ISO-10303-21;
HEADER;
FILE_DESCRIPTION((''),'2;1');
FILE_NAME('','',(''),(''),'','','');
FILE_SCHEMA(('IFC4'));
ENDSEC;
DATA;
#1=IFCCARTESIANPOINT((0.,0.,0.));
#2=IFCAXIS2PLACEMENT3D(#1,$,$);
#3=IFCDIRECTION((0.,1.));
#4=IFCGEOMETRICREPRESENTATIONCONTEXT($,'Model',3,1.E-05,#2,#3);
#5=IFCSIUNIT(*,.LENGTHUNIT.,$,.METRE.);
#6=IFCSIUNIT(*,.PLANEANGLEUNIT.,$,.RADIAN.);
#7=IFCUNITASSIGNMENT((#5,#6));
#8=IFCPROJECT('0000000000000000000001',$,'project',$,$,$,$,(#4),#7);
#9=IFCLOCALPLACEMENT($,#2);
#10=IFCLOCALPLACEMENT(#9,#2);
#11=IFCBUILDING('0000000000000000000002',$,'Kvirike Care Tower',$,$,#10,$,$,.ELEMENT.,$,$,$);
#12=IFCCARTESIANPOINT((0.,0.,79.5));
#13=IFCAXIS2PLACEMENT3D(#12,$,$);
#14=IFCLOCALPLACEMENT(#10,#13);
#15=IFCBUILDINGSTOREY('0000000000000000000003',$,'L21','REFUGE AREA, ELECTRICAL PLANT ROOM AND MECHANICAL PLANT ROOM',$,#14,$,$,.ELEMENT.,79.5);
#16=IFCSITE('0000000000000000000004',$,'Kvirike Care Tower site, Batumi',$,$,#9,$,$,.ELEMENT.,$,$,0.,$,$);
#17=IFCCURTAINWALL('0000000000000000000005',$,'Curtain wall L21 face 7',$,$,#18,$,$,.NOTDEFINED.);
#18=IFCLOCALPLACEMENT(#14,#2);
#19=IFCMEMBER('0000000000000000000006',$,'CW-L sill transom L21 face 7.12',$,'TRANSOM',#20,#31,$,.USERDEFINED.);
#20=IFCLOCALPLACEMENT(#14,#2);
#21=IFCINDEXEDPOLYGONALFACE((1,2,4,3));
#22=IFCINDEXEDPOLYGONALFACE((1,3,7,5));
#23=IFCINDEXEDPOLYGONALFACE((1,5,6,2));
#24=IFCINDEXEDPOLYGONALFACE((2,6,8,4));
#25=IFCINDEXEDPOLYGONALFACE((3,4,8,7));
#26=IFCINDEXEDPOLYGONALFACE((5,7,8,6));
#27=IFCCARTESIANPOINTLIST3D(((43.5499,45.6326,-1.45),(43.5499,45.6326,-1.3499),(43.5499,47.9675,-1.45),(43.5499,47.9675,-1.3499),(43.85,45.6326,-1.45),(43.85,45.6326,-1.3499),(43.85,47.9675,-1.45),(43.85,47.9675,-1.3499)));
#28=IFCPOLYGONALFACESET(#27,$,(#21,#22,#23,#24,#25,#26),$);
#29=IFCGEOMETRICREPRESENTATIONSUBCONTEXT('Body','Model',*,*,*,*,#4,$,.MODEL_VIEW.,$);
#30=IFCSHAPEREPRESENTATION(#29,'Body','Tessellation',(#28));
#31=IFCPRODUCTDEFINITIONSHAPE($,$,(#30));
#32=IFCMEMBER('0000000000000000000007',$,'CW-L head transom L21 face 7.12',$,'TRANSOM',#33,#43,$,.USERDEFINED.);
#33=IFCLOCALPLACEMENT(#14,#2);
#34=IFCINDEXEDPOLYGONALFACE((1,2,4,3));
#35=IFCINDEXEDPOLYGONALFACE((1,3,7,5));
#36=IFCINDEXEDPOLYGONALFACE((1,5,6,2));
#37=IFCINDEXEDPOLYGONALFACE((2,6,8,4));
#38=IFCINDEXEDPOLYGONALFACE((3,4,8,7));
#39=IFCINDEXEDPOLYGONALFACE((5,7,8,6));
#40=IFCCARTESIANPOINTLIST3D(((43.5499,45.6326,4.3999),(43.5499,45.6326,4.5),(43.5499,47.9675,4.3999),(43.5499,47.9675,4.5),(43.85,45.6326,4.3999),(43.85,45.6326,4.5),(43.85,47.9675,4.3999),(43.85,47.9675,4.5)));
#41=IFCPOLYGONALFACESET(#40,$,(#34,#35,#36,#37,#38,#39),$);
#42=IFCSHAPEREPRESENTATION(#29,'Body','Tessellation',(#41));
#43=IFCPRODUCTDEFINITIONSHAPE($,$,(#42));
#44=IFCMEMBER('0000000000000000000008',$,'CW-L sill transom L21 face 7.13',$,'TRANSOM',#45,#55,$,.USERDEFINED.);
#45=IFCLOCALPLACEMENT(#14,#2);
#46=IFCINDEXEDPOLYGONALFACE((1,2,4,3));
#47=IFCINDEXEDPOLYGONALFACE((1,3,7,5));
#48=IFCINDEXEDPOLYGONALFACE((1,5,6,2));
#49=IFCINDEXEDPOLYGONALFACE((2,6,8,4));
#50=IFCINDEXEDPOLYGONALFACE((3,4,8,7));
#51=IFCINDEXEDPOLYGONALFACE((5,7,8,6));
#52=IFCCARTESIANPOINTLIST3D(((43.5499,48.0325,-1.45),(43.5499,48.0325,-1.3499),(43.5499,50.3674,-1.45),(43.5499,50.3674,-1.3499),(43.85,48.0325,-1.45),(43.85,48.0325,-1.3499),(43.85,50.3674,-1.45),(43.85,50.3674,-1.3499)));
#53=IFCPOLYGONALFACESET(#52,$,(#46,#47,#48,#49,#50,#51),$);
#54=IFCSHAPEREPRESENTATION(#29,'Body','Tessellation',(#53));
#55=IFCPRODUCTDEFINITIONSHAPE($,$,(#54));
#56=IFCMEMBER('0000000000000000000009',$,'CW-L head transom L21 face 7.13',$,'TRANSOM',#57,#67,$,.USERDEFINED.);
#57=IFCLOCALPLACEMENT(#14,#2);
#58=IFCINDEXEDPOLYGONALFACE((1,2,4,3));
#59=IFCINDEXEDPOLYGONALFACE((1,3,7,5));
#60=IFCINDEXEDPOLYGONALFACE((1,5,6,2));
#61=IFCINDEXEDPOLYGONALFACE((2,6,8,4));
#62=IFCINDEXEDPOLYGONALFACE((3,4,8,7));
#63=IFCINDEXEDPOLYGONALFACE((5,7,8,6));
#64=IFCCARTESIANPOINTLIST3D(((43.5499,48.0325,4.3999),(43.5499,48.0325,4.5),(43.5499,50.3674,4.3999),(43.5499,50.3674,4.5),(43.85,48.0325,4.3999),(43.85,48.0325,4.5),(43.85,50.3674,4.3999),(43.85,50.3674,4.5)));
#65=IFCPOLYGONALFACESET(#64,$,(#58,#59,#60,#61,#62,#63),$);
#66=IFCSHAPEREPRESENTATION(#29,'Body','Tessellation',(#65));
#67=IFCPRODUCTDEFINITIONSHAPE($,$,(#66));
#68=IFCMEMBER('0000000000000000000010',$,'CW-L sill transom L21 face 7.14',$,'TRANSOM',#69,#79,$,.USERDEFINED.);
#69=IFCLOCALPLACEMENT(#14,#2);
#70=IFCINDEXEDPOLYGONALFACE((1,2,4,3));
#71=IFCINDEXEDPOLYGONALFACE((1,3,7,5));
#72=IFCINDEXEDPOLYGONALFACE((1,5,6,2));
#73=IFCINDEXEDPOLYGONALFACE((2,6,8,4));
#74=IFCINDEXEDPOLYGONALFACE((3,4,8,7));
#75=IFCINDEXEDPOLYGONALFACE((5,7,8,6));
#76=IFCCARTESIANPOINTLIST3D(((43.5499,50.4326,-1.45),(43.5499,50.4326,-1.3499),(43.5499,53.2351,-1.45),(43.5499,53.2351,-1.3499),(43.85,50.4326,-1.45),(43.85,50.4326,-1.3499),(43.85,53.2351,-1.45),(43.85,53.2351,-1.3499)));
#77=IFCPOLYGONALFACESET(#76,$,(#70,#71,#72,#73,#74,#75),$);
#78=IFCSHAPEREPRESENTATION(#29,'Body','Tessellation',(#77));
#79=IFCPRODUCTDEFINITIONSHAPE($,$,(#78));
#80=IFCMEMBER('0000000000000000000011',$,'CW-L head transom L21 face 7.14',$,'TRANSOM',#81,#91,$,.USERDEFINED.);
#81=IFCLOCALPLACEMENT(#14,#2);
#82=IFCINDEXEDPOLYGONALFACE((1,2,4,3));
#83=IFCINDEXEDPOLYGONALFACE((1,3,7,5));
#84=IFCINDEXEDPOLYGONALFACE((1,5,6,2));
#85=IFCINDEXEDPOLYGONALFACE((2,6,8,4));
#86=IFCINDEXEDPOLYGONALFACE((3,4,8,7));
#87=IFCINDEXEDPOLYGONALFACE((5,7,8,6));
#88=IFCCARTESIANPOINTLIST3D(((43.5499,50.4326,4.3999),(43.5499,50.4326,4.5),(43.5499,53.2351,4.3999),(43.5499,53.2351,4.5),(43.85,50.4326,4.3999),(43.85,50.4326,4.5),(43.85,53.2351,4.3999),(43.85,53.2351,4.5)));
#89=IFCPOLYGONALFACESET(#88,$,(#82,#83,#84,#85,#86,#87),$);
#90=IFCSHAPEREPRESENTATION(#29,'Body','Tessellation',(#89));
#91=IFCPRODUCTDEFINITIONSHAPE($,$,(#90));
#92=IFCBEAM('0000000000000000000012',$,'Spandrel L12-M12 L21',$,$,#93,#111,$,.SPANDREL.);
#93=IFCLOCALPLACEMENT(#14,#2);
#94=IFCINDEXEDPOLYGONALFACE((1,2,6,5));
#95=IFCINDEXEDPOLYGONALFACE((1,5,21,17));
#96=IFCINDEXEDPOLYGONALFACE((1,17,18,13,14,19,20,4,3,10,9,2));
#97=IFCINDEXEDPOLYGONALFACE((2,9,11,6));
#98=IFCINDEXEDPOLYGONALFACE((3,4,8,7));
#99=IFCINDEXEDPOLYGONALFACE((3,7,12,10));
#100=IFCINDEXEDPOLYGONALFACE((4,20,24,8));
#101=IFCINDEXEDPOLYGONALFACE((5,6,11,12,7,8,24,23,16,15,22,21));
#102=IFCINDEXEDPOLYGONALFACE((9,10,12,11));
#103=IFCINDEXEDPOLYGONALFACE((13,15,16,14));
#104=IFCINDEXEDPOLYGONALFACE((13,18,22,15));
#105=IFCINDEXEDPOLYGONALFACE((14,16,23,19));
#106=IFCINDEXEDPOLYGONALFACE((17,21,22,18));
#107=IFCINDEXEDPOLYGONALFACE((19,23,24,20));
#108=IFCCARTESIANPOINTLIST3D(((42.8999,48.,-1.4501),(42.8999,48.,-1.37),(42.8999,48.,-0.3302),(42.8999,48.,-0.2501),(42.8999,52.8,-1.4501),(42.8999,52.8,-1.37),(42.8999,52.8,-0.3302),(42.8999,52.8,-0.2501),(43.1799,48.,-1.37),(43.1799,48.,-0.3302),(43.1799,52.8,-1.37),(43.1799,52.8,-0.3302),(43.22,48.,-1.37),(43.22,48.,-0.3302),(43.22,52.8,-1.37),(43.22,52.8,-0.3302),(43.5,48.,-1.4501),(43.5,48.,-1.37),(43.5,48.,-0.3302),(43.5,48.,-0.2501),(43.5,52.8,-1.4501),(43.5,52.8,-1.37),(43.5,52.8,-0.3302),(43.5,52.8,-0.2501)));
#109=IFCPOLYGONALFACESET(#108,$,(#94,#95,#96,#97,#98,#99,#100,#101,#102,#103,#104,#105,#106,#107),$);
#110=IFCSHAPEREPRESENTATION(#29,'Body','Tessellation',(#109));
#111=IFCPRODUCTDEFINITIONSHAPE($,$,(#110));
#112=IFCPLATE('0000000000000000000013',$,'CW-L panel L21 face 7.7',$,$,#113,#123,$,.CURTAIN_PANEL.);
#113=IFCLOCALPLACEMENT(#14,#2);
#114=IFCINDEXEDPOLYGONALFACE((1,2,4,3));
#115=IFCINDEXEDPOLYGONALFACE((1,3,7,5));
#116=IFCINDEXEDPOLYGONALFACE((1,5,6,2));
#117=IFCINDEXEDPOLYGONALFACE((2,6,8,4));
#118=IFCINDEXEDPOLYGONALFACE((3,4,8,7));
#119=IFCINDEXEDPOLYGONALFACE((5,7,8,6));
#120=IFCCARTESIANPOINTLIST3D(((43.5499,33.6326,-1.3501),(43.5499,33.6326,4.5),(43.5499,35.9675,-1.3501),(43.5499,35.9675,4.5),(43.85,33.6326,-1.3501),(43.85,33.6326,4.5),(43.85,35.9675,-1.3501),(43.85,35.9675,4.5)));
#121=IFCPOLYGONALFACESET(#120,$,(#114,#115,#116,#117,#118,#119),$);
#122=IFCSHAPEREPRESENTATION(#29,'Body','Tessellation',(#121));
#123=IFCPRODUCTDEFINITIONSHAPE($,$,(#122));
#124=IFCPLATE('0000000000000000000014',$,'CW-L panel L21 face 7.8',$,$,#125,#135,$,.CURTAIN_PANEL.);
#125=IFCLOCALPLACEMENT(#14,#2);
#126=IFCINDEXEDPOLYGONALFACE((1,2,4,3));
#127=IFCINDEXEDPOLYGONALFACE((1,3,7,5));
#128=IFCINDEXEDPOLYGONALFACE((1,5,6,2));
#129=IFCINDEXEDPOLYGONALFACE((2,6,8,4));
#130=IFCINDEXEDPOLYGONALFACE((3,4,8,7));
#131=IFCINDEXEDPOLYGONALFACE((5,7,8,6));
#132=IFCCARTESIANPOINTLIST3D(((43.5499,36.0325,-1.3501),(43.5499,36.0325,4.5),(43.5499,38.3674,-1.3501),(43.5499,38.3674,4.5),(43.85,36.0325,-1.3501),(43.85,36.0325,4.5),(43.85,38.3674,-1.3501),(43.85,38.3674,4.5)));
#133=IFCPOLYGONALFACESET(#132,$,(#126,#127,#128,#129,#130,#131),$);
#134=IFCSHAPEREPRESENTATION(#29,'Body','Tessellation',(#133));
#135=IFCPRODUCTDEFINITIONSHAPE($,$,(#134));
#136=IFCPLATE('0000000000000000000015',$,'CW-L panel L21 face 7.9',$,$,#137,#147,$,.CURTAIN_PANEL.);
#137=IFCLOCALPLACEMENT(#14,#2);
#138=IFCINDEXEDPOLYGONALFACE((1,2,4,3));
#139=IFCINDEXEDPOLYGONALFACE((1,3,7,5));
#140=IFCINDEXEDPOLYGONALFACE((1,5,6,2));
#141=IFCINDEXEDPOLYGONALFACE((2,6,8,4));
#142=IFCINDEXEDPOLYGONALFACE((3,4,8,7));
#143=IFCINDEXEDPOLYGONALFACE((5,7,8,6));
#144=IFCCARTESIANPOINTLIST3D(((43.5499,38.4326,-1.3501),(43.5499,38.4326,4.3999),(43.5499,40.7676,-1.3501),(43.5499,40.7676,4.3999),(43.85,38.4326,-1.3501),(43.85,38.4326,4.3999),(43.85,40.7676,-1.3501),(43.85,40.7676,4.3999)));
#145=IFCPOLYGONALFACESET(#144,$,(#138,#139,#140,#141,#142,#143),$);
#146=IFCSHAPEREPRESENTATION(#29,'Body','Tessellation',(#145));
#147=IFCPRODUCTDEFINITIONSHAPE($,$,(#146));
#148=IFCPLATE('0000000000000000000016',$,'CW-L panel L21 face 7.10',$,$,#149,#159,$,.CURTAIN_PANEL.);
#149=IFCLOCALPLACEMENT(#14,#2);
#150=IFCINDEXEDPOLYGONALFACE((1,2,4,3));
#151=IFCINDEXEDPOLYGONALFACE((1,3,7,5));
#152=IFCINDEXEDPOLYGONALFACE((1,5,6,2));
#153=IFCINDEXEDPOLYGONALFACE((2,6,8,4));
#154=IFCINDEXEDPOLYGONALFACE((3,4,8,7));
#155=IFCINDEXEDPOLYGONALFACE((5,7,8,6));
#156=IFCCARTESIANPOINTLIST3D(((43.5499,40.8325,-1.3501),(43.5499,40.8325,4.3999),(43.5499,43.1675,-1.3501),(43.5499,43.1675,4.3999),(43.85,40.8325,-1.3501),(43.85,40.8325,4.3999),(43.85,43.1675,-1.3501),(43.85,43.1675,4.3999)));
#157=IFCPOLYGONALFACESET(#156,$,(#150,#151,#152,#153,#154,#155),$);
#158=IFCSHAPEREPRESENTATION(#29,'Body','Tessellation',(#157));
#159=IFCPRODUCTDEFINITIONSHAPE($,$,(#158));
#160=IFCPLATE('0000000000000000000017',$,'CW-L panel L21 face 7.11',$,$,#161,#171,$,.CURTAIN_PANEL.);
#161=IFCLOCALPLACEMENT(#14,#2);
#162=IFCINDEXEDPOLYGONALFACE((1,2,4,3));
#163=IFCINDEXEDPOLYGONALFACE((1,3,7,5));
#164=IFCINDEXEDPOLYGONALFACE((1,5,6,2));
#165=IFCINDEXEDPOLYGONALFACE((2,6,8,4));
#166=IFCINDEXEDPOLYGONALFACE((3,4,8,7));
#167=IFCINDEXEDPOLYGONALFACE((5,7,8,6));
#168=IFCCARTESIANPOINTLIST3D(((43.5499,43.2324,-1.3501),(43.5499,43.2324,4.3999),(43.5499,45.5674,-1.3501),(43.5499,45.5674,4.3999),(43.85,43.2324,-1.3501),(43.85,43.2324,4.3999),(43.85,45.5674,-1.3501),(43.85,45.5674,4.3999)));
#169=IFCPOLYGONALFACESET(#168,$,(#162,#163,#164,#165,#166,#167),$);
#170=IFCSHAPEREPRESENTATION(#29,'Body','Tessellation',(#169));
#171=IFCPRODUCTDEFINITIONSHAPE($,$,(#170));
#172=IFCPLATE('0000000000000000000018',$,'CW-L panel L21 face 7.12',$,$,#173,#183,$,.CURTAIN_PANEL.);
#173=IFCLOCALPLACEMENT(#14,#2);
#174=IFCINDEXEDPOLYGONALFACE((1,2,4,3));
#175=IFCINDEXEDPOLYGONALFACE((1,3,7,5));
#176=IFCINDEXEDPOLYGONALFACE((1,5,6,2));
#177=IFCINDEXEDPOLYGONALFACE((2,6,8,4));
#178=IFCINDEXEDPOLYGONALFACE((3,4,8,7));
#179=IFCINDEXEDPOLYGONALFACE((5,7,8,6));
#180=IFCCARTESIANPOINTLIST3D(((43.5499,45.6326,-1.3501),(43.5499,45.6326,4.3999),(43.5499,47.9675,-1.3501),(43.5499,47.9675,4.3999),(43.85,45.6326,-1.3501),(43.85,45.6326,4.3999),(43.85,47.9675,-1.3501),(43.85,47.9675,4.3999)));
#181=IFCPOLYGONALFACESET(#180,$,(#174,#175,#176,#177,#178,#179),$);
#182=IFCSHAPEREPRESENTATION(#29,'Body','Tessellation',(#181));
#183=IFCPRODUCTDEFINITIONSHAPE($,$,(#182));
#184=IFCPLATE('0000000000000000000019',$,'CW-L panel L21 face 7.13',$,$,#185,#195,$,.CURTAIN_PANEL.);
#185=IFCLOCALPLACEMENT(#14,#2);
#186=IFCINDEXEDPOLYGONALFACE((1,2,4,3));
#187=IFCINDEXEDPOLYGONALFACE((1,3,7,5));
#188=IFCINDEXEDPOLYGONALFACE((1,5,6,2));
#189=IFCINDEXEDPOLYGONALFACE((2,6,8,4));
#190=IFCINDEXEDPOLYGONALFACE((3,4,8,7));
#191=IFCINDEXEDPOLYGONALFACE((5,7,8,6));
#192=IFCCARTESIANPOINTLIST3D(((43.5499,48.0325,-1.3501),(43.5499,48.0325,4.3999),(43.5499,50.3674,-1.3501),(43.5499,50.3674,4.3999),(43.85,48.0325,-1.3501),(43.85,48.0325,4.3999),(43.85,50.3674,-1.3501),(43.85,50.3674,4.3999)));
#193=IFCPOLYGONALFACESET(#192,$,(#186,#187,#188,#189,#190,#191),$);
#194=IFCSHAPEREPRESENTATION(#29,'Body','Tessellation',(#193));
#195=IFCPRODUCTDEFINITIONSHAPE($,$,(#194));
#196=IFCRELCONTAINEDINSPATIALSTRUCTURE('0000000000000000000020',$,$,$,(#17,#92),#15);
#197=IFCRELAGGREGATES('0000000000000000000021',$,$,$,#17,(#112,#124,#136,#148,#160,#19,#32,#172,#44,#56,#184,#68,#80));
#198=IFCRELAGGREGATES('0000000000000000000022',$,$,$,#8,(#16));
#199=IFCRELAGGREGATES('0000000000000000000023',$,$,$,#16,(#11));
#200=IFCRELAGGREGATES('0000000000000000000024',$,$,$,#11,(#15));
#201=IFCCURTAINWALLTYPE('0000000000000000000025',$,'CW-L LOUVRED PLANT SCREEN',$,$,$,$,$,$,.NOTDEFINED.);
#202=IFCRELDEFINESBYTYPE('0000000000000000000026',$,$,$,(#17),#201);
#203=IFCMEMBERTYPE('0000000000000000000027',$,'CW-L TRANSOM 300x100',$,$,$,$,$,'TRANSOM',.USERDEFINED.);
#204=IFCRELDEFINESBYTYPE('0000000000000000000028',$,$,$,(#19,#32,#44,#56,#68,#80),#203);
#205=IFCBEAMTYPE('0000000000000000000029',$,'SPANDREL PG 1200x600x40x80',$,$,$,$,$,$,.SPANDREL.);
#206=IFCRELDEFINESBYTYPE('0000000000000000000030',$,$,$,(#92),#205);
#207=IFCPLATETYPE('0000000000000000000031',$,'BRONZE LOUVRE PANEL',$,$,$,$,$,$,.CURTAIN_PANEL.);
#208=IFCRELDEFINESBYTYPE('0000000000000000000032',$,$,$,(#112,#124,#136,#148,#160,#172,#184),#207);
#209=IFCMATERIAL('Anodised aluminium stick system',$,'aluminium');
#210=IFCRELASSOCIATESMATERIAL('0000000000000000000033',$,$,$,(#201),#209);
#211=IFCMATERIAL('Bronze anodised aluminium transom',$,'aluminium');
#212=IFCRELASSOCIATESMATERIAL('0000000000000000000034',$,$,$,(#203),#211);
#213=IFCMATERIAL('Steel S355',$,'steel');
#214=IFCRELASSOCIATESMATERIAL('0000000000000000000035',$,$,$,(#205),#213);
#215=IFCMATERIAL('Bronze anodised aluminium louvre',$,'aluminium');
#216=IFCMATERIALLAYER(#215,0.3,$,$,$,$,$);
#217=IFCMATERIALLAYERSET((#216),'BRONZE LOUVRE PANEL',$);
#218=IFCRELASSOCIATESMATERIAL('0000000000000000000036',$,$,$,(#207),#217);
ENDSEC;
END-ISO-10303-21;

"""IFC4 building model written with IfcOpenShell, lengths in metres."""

from ifc_helpers import new_model, si_unit, direction, frame, origin, origin_2d, place, context, subcontext, project, spatial, rectangle, i_section, extrude, material, layer, layer_set, material_profile, profile_set, type_object, element, aggregate, save


model = new_model("IFC4")

# Units and contexts
model_context = context("Model", 3, precision=1e-05, world=origin(), true_north=direction((0.0, 1.0)))
body_context = subcontext(model_context, "Body", "Model", "MODEL_VIEW")
ifc_project = project(units=[si_unit("LENGTHUNIT", "METRE"), si_unit("PLANEANGLEUNIT", "RADIAN")], contexts=[model_context])

# Site, building, storey
site_placement = place(None, origin())
site = spatial("IfcSite", under=ifc_project, at=site_placement, Name="Kvirike Care Tower site, Batumi", CompositionType="ELEMENT", RefElevation=0.0)
building_placement = place(site_placement, origin())
building = spatial("IfcBuilding", under=site, at=building_placement, Name="Kvirike Care Tower", CompositionType="ELEMENT")
storey_placement = place(building_placement, frame((0.0, 0.0, 79.5)))
storey = spatial("IfcBuildingStorey", under=building, at=storey_placement, Name="L21", Description="REFUGE AREA, ELECTRICAL PLANT ROOM AND MECHANICAL PLANT ROOM", CompositionType="ELEMENT", Elevation=79.5)

# Curtain wall, members
ifc_material_1 = material(Name="Anodised aluminium stick system", Category="aluminium")
curtain_wall_type = type_object("IfcCurtainWallType", Name="CW-L LOUVRED PLANT SCREEN", PredefinedType="NOTDEFINED", material=ifc_material_1)
curtain_wall_placement = place(storey_placement, origin())
curtain_wall = element("IfcCurtainWall", 1, at=curtain_wall_placement, inside=storey, type_object=curtain_wall_type, Name="Curtain wall L21 face 7", PredefinedType="NOTDEFINED")
ifc_material_2 = material(Name="Bronze anodised aluminium transom", Category="aluminium")
ifc_material_profile_1 = material_profile(ifc_material_2, rectangle(XDim=0.3, YDim=0.1001, at=origin_2d()), Name="CW-L TRANSOM 300x100")
ifc_profile_set_1 = profile_set([ifc_material_profile_1], Name="Bronze anodised aluminium transom")
member_type_1 = type_object("IfcMemberType", Name="CW-L TRANSOM 300x100", ElementType="TRANSOM", PredefinedType="USERDEFINED", material=ifc_profile_set_1)
member_1_placement = place(storey_placement, frame((43.7, 45.6326, -1.3999), z_axis=(0.0, 1.0, 0.0), x_axis=(-1.0, 0.0, 0.0)))
member_1 = element("IfcMember", 2, at=member_1_placement, type_object=member_type_1, Name="CW-L sill transom L21 face 7.12", ObjectType="TRANSOM", PredefinedType="USERDEFINED", context=body_context, shape_type="SweptSolid", body=[
    extrude(rectangle(XDim=0.3, YDim=0.1001, at=origin_2d()), origin(), (0.0, 0.0, 1.0), 2.335),
])
member_2_placement = place(storey_placement, frame((43.7, 45.6326, 4.45), z_axis=(0.0, 1.0, 0.0), x_axis=(-1.0, 0.0, 0.0)))
member_2 = element("IfcMember", 3, at=member_2_placement, type_object=member_type_1, Name="CW-L head transom L21 face 7.12", ObjectType="TRANSOM", PredefinedType="USERDEFINED", context=body_context, shape_type="SweptSolid", body=[
    extrude(rectangle(XDim=0.3, YDim=0.1001, at=origin_2d()), origin(), (0.0, 0.0, 1.0), 2.335),
])
member_3_placement = place(storey_placement, frame((43.7, 48.0325, -1.3999), z_axis=(0.0, 1.0, 0.0), x_axis=(-1.0, 0.0, 0.0)))
member_3 = element("IfcMember", 4, at=member_3_placement, type_object=member_type_1, Name="CW-L sill transom L21 face 7.13", ObjectType="TRANSOM", PredefinedType="USERDEFINED", context=body_context, shape_type="SweptSolid", body=[
    extrude(rectangle(XDim=0.3, YDim=0.1001, at=origin_2d()), origin(), (0.0, 0.0, 1.0), 2.335),
])
member_4_placement = place(storey_placement, frame((43.7, 48.0325, 4.45), z_axis=(0.0, 1.0, 0.0), x_axis=(-1.0, 0.0, 0.0)))
member_4 = element("IfcMember", 5, at=member_4_placement, type_object=member_type_1, Name="CW-L head transom L21 face 7.13", ObjectType="TRANSOM", PredefinedType="USERDEFINED", context=body_context, shape_type="SweptSolid", body=[
    extrude(rectangle(XDim=0.3, YDim=0.1001, at=origin_2d()), origin(), (0.0, 0.0, 1.0), 2.335),
])
member_5_placement = place(storey_placement, frame((43.7, 50.4326, -1.3999), z_axis=(0.0, 1.0, 0.0), x_axis=(-1.0, 0.0, 0.0)))
member_5 = element("IfcMember", 6, at=member_5_placement, type_object=member_type_1, Name="CW-L sill transom L21 face 7.14", ObjectType="TRANSOM", PredefinedType="USERDEFINED", context=body_context, shape_type="SweptSolid", body=[
    extrude(rectangle(XDim=0.3, YDim=0.1001, at=origin_2d()), origin(), (0.0, 0.0, 1.0), 2.8025),
])
member_6_placement = place(storey_placement, frame((43.7, 50.4326, 4.45), z_axis=(0.0, 1.0, 0.0), x_axis=(-1.0, 0.0, 0.0)))
member_6 = element("IfcMember", 7, at=member_6_placement, type_object=member_type_1, Name="CW-L head transom L21 face 7.14", ObjectType="TRANSOM", PredefinedType="USERDEFINED", context=body_context, shape_type="SweptSolid", body=[
    extrude(rectangle(XDim=0.3, YDim=0.1001, at=origin_2d()), origin(), (0.0, 0.0, 1.0), 2.8025),
])

# Beam
ifc_material_3 = material(Name="Steel S355", Category="steel")
ifc_material_profile_2 = material_profile(ifc_material_3, i_section(OverallWidth=0.6001, OverallDepth=1.2, WebThickness=0.04, FlangeThickness=0.0801, at=origin_2d()), Name="PG 1200x600x40x80")
ifc_profile_set_2 = profile_set([ifc_material_profile_2], Name="Steel S355")
beam_type = type_object("IfcBeamType", Name="SPANDREL PG 1200x600x40x80", PredefinedType="SPANDREL", material=ifc_profile_set_2)
beam_placement = place(storey_placement, frame((43.2, 48.0, -0.8501), z_axis=(0.0, 1.0, 0.0), x_axis=(-1.0, 0.0, 0.0)))
element("IfcBeam", 8, at=beam_placement, inside=storey, type_object=beam_type, Name="Spandrel L12-M12 L21", PredefinedType="SPANDREL", context=body_context, shape_type="SweptSolid", body=[
    extrude(i_section(OverallWidth=0.6001, OverallDepth=1.2, WebThickness=0.04, FlangeThickness=0.0801, at=origin_2d()), origin(), (0.0, 0.0, 1.0), 4.8),
])

# Plates
ifc_material_4 = material(Name="Bronze anodised aluminium louvre", Category="aluminium")
ifc_layer = layer(ifc_material_4, 0.3)
ifc_layer_set = layer_set([ifc_layer], Name="BRONZE LOUVRE PANEL")
plate_type = type_object("IfcPlateType", Name="BRONZE LOUVRE PANEL", PredefinedType="CURTAIN_PANEL", material=ifc_layer_set)
plate_1_placement = place(storey_placement, frame((43.7, 34.8, -1.3501), z_axis=(0.0, 0.0, 1.0), x_axis=(0.0, 1.0, 0.0)))
plate_1 = element("IfcPlate", 9, at=plate_1_placement, type_object=plate_type, Name="CW-L panel L21 face 7.7", PredefinedType="CURTAIN_PANEL", context=body_context, shape_type="SweptSolid", body=[
    extrude(rectangle(XDim=2.335, YDim=0.3, at=origin_2d()), origin(), (0.0, 0.0, 1.0), 5.8501),
])
plate_2_placement = place(storey_placement, frame((43.7, 37.2, -1.3501), z_axis=(0.0, 0.0, 1.0), x_axis=(0.0, 1.0, 0.0)))
plate_2 = element("IfcPlate", 10, at=plate_2_placement, type_object=plate_type, Name="CW-L panel L21 face 7.8", PredefinedType="CURTAIN_PANEL", context=body_context, shape_type="SweptSolid", body=[
    extrude(rectangle(XDim=2.335, YDim=0.3, at=origin_2d()), origin(), (0.0, 0.0, 1.0), 5.8501),
])
plate_3_placement = place(storey_placement, frame((43.7, 39.6001, -1.3501), z_axis=(0.0, 0.0, 1.0), x_axis=(0.0, 1.0, 0.0)))
plate_3 = element("IfcPlate", 11, at=plate_3_placement, type_object=plate_type, Name="CW-L panel L21 face 7.9", PredefinedType="CURTAIN_PANEL", context=body_context, shape_type="SweptSolid", body=[
    extrude(rectangle(XDim=2.335, YDim=0.3, at=origin_2d()), origin(), (0.0, 0.0, 1.0), 5.75),
])
plate_4_placement = place(storey_placement, frame((43.7, 42.0, -1.3501), z_axis=(0.0, 0.0, 1.0), x_axis=(0.0, 1.0, 0.0)))
plate_4 = element("IfcPlate", 12, at=plate_4_placement, type_object=plate_type, Name="CW-L panel L21 face 7.10", PredefinedType="CURTAIN_PANEL", context=body_context, shape_type="SweptSolid", body=[
    extrude(rectangle(XDim=2.335, YDim=0.3, at=origin_2d()), origin(), (0.0, 0.0, 1.0), 5.75),
])
plate_5_placement = place(storey_placement, frame((43.7, 44.3999, -1.3501), z_axis=(0.0, 0.0, 1.0), x_axis=(0.0, 1.0, 0.0)))
plate_5 = element("IfcPlate", 13, at=plate_5_placement, type_object=plate_type, Name="CW-L panel L21 face 7.11", PredefinedType="CURTAIN_PANEL", context=body_context, shape_type="SweptSolid", body=[
    extrude(rectangle(XDim=2.335, YDim=0.3, at=origin_2d()), origin(), (0.0, 0.0, 1.0), 5.75),
])
plate_6_placement = place(storey_placement, frame((43.7, 46.8, -1.3501), z_axis=(0.0, 0.0, 1.0), x_axis=(0.0, 1.0, 0.0)))
plate_6 = element("IfcPlate", 14, at=plate_6_placement, type_object=plate_type, Name="CW-L panel L21 face 7.12", PredefinedType="CURTAIN_PANEL", context=body_context, shape_type="SweptSolid", body=[
    extrude(rectangle(XDim=2.335, YDim=0.3, at=origin_2d()), origin(), (0.0, 0.0, 1.0), 5.75),
])
plate_7_placement = place(storey_placement, frame((43.7, 49.2, -1.3501), z_axis=(0.0, 0.0, 1.0), x_axis=(0.0, 1.0, 0.0)))
plate_7 = element("IfcPlate", 15, at=plate_7_placement, type_object=plate_type, Name="CW-L panel L21 face 7.13", PredefinedType="CURTAIN_PANEL", context=body_context, shape_type="SweptSolid", body=[
    extrude(rectangle(XDim=2.335, YDim=0.3, at=origin_2d()), origin(), (0.0, 0.0, 1.0), 5.75),
])
aggregate(curtain_wall, [plate_1, plate_2, plate_3, plate_4, plate_5, member_1, member_2, plate_6, member_3, member_4, plate_7, member_5, member_6])

save(model, "model.ifc")
